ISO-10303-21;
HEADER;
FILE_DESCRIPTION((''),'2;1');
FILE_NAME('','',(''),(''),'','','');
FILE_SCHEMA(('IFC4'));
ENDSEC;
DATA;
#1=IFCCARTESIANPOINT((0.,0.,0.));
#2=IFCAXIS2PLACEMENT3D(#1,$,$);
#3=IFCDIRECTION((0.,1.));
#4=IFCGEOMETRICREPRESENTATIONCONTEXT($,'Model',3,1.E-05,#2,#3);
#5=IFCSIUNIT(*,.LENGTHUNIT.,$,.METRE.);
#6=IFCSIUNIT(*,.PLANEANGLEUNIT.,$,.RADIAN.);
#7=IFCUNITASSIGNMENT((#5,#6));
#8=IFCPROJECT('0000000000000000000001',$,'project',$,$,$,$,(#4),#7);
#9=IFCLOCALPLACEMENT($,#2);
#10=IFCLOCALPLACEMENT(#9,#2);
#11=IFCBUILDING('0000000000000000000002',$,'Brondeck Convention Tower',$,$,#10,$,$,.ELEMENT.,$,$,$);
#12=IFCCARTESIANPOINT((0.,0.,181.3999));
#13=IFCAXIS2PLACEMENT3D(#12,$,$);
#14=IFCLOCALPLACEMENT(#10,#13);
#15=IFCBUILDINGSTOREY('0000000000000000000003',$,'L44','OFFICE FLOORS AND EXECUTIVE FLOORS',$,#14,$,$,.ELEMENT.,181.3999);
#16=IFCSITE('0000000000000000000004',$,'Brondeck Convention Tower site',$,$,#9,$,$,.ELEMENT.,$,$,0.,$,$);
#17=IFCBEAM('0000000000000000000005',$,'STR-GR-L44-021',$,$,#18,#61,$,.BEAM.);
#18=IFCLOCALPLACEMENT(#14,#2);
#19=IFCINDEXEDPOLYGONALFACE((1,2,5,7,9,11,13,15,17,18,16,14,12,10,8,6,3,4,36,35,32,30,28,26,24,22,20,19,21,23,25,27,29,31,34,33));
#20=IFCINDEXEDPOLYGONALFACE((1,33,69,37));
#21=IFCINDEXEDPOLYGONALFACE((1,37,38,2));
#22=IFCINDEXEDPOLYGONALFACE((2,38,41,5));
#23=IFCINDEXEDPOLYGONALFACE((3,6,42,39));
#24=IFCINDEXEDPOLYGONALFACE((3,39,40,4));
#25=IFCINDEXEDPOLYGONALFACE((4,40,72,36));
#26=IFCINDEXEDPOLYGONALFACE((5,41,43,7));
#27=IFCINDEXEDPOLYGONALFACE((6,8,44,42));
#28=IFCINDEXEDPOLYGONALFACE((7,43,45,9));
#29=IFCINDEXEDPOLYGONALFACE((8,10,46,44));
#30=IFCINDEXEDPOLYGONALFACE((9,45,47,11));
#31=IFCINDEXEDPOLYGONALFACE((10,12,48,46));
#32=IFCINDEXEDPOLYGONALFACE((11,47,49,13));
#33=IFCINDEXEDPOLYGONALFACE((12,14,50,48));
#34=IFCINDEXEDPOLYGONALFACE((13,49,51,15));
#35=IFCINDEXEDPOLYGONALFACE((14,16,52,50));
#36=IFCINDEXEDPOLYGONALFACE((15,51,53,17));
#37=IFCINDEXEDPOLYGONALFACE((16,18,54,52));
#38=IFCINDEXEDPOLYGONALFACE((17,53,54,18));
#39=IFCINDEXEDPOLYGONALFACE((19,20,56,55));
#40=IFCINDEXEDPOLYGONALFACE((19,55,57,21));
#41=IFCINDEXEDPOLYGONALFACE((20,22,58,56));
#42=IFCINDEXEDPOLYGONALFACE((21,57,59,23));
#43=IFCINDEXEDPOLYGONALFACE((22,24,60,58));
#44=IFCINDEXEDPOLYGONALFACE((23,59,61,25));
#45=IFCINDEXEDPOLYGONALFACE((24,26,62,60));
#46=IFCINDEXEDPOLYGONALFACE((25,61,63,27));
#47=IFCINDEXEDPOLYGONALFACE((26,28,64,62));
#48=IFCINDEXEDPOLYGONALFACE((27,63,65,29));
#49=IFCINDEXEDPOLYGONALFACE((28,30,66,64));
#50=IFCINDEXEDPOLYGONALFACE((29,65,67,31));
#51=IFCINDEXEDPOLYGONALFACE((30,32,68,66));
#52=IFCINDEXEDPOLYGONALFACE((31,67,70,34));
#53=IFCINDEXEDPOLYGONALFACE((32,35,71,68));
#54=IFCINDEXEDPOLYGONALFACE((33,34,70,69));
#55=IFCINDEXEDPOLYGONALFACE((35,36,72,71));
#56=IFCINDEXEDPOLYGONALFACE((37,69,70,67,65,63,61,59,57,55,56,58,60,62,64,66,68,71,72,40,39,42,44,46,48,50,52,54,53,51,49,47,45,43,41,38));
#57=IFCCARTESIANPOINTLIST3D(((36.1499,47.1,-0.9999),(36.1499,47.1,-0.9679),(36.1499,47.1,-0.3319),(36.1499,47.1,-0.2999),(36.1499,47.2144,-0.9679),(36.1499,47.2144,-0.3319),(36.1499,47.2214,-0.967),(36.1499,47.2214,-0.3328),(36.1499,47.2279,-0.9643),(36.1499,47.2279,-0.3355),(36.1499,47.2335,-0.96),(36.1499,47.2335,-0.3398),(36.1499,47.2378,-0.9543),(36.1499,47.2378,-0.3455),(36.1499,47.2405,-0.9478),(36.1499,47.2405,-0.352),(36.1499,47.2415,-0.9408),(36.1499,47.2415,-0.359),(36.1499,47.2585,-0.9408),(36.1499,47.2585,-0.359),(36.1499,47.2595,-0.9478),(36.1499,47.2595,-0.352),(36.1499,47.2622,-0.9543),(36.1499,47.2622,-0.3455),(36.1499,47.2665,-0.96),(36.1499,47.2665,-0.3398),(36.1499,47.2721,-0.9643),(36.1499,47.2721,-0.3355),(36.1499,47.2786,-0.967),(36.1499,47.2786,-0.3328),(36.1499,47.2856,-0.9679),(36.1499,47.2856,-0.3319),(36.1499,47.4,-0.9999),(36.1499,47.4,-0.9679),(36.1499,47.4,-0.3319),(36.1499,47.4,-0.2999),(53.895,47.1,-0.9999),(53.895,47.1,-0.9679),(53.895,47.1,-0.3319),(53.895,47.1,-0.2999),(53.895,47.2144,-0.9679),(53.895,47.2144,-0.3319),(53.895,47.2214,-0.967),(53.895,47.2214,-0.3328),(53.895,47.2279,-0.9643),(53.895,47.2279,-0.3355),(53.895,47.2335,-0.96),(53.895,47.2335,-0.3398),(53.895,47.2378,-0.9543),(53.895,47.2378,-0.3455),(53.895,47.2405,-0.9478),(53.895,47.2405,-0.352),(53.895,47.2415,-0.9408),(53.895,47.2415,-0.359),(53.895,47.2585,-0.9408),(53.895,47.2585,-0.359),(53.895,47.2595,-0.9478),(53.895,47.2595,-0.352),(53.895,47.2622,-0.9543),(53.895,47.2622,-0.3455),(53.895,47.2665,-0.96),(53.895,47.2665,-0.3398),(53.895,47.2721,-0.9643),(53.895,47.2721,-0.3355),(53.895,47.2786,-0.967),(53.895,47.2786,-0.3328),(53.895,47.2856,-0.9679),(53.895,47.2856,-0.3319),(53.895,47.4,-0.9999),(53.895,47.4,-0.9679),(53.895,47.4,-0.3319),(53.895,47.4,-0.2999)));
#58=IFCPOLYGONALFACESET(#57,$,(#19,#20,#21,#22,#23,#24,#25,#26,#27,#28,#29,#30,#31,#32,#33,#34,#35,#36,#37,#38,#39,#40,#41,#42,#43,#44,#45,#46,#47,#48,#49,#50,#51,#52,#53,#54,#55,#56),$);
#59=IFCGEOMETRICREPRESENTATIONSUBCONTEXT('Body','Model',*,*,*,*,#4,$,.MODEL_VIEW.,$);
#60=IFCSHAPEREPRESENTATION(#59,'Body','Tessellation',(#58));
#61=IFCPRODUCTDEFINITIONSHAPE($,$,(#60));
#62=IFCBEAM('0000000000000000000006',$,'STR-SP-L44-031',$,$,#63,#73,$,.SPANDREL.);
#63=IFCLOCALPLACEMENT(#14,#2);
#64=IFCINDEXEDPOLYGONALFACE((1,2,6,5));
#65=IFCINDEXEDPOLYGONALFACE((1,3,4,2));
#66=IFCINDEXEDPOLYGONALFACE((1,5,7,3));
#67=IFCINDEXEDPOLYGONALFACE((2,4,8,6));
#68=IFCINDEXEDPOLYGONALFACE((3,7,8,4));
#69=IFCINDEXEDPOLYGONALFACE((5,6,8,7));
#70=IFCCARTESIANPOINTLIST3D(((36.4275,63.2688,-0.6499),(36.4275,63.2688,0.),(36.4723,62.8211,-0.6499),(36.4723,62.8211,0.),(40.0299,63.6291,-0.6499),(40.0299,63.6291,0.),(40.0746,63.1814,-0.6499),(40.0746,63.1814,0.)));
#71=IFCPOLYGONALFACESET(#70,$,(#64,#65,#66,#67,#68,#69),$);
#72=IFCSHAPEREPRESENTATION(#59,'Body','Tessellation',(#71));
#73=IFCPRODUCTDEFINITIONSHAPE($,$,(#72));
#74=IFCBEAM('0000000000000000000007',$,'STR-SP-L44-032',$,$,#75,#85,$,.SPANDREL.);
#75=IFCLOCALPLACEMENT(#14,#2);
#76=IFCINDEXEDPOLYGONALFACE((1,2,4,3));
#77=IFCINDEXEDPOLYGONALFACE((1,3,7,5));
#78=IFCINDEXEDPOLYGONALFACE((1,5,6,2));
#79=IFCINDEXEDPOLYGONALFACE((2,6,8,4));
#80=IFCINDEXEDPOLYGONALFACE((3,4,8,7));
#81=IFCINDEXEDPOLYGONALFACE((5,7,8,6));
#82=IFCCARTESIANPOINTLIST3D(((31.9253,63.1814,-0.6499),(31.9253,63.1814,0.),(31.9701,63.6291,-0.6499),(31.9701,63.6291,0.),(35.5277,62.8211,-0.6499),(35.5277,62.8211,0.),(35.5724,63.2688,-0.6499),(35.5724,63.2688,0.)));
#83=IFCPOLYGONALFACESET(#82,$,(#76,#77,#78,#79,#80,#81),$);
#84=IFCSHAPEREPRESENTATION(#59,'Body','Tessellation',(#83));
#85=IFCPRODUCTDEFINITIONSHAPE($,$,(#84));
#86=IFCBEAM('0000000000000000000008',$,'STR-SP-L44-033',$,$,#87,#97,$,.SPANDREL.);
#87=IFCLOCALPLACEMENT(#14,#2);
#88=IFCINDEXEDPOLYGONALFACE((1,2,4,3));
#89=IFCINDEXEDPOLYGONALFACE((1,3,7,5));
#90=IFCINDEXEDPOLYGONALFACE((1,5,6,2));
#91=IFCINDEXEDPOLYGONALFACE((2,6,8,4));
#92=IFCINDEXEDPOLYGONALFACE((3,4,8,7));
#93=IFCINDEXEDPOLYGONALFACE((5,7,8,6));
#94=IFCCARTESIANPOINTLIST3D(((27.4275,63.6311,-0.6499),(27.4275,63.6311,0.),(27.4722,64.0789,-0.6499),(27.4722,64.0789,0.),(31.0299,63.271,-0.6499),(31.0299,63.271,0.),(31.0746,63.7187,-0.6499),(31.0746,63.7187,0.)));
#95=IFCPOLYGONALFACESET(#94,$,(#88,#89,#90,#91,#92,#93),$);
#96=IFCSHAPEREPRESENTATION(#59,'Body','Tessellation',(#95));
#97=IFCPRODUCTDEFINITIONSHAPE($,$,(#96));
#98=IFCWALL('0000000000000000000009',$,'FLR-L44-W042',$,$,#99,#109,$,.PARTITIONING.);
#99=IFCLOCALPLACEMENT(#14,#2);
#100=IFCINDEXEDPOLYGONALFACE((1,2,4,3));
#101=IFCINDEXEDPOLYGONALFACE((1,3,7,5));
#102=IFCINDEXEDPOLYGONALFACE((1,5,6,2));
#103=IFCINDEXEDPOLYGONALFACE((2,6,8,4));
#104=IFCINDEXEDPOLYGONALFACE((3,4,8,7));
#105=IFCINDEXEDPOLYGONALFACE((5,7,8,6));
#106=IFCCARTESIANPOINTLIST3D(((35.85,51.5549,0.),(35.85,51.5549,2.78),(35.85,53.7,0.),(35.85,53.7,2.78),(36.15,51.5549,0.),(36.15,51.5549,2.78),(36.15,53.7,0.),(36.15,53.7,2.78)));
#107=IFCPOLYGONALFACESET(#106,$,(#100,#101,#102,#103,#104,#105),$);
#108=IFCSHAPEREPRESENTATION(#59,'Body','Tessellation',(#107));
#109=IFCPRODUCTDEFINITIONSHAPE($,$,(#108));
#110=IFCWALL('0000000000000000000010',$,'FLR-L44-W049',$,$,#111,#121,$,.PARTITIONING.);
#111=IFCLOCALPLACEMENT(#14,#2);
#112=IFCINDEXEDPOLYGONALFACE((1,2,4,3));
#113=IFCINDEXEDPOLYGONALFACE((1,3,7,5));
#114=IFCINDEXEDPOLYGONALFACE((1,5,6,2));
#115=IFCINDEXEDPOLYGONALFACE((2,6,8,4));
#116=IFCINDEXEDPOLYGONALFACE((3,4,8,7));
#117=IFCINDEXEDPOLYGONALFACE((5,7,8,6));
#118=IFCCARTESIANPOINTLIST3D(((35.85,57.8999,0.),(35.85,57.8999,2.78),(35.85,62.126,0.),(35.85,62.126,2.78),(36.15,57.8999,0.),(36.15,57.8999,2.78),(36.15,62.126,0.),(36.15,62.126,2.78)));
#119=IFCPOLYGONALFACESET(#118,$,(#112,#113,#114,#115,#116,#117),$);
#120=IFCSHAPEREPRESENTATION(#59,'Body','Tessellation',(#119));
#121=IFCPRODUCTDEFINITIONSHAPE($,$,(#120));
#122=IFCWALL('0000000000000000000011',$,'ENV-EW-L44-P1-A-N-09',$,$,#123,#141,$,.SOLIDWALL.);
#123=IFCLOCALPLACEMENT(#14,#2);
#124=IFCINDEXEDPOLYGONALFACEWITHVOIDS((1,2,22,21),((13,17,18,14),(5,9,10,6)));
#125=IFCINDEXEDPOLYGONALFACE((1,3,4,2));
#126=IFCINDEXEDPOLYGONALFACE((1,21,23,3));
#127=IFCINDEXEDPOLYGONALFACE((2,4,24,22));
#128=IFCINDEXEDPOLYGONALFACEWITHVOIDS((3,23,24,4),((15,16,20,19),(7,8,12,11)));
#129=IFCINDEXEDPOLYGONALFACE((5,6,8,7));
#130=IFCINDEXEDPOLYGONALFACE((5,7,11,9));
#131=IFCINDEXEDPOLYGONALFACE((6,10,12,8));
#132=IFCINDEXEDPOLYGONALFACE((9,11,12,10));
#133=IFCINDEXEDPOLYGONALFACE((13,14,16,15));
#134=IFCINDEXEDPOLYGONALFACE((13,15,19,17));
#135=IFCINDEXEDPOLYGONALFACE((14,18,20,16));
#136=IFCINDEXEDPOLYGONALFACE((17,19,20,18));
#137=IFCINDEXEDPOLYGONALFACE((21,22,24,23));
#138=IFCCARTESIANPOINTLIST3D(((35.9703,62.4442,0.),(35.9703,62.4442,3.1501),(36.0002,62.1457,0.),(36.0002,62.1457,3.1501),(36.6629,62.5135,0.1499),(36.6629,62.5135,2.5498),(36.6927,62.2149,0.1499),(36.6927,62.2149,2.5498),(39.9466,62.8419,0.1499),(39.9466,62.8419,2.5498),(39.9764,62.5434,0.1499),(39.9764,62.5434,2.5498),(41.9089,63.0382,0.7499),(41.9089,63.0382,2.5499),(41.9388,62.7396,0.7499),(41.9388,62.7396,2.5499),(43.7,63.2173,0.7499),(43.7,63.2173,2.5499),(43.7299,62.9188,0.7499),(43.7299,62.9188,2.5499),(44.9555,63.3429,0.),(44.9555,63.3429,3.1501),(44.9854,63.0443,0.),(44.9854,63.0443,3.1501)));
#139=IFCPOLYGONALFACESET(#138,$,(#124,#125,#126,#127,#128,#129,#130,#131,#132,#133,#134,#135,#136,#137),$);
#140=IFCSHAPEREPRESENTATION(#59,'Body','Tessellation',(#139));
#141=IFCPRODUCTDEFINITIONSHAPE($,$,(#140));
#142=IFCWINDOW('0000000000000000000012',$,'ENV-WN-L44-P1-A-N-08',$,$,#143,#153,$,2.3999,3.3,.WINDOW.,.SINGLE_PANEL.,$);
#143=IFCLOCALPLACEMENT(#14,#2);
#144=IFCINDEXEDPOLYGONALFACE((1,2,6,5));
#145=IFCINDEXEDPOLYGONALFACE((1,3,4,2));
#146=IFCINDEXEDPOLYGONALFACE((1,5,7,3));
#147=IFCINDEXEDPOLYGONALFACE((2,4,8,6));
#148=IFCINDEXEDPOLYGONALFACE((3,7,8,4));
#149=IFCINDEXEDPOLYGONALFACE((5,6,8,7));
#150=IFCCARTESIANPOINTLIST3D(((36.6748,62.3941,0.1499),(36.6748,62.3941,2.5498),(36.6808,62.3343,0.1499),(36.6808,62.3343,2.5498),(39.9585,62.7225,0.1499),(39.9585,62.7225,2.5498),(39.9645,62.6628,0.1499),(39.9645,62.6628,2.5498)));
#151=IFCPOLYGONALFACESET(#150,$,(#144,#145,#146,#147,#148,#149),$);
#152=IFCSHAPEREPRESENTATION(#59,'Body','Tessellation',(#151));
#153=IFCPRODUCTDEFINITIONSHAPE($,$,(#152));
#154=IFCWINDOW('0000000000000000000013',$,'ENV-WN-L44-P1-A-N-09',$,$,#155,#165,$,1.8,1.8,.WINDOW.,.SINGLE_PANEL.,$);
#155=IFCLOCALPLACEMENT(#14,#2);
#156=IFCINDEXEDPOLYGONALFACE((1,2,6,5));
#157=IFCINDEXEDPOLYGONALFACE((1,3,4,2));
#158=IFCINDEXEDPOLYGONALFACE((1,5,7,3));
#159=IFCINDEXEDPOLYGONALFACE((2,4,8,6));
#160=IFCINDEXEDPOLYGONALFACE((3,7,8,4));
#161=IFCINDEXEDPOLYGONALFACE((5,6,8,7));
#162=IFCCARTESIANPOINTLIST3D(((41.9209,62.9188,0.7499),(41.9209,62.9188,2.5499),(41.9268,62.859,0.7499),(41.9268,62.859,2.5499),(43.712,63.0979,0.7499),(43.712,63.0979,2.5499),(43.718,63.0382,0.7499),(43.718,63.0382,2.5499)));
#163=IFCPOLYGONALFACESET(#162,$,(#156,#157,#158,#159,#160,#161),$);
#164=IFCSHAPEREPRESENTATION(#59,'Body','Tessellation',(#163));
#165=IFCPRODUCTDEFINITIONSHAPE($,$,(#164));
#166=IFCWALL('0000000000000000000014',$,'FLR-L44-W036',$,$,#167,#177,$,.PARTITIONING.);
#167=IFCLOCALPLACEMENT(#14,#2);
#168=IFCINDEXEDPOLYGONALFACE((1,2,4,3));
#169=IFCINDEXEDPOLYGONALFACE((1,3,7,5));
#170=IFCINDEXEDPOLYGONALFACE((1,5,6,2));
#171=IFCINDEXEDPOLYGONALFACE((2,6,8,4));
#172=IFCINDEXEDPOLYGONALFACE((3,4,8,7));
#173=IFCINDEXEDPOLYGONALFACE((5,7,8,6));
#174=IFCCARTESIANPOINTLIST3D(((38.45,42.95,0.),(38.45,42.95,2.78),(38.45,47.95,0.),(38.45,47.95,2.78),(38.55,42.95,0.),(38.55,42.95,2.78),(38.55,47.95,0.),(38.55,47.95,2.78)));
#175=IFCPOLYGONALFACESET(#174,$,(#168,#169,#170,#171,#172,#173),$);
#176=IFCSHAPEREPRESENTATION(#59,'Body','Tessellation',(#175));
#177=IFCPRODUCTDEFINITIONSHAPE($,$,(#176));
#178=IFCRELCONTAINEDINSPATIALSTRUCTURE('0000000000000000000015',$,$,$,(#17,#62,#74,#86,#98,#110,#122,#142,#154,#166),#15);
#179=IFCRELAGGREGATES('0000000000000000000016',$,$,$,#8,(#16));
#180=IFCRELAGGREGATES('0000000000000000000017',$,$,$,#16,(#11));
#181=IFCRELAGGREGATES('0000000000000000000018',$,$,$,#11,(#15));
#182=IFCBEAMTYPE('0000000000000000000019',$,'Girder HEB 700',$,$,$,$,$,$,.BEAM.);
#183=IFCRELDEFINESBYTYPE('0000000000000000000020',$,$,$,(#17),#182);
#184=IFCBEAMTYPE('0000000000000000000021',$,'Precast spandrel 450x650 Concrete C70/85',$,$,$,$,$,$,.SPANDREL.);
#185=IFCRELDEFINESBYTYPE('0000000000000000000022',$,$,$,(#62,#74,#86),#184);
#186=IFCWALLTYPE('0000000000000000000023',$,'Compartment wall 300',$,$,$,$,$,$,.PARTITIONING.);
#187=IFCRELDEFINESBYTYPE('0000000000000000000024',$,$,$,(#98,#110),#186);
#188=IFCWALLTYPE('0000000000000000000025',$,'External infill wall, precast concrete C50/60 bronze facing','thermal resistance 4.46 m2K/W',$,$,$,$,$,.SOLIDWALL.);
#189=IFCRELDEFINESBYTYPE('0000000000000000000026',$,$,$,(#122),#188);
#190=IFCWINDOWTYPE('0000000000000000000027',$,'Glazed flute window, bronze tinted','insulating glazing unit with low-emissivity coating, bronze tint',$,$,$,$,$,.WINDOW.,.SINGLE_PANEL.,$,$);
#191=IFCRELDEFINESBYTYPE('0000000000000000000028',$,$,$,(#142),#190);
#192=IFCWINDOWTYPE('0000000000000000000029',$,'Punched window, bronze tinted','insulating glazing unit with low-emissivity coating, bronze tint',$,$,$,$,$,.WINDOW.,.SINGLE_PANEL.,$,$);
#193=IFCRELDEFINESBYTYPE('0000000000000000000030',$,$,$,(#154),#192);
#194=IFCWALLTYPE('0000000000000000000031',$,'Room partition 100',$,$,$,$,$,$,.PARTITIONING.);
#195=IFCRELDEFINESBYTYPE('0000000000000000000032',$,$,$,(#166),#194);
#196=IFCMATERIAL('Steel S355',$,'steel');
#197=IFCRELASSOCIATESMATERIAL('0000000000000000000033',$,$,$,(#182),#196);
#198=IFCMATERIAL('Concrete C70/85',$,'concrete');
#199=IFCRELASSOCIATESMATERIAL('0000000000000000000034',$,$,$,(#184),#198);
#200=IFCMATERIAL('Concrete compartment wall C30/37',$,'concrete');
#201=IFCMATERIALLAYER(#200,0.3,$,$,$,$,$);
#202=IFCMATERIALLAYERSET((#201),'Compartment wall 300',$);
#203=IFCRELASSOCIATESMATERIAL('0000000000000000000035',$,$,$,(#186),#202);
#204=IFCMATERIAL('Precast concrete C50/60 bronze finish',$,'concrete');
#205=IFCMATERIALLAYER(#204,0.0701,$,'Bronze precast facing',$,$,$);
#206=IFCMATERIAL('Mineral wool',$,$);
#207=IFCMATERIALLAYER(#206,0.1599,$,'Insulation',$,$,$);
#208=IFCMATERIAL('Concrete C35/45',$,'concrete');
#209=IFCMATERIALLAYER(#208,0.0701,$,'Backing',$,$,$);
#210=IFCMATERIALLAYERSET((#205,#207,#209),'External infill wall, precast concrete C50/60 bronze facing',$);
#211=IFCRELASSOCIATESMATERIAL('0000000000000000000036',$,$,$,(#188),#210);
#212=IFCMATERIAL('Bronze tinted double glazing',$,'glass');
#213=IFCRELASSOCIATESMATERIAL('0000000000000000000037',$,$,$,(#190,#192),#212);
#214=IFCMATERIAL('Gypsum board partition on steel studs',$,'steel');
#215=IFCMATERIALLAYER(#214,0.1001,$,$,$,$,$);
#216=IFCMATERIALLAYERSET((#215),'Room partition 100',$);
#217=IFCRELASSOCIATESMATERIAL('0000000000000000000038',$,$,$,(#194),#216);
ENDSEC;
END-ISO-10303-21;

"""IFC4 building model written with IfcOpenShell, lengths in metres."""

from ifc_helpers import new_model, si_unit, direction, frame, frame_2d, origin, origin_2d, place, context, subcontext, project, spatial, rectangle, i_section, extrude, material, layer, layer_set, material_profile, profile_set, type_object, element, fill, save


model = new_model("IFC4")

# Units and contexts
model_context = context("Model", 3, precision=1e-05, world=origin(), true_north=direction((0.0, 1.0)))
body_context = subcontext(model_context, "Body", "Model", "MODEL_VIEW")
ifc_project = project(units=[si_unit("LENGTHUNIT", "METRE"), si_unit("PLANEANGLEUNIT", "RADIAN")], contexts=[model_context])

# Site, building, storey
site_placement = place(None, origin())
site = spatial("IfcSite", under=ifc_project, at=site_placement, Name="Brondeck Convention Tower site", CompositionType="ELEMENT", RefElevation=0.0)
building_placement = place(site_placement, origin())
building = spatial("IfcBuilding", under=site, at=building_placement, Name="Brondeck Convention Tower", CompositionType="ELEMENT")
storey_placement = place(building_placement, frame((0.0, 0.0, 181.3999)))
storey = spatial("IfcBuildingStorey", under=building, at=storey_placement, Name="L44", Description="OFFICE FLOORS AND EXECUTIVE FLOORS", CompositionType="ELEMENT", Elevation=181.3999)

# Shared definitions
ifc_material_1 = material(Name="Concrete C70/85", Category="concrete")

# Beams
ifc_material_2 = material(Name="Steel S355", Category="steel")
ifc_material_profile_1 = material_profile(ifc_material_2, i_section(OverallWidth=0.3, OverallDepth=0.7, WebThickness=0.0171, FlangeThickness=0.032, FilletRadius=0.0271, at=origin_2d()), Name="HEB 700")
ifc_profile_set_1 = profile_set([ifc_material_profile_1], Name="Steel S355")
beam_type_1 = type_object("IfcBeamType", Name="Girder HEB 700", PredefinedType="BEAM", material=ifc_profile_set_1)
beam_1_placement = place(storey_placement, frame((36.1499, 47.25, -0.6499), z_axis=(1.0, 0.0, 0.0), x_axis=(0.0, 1.0, 0.0)))
element("IfcBeam", 1, at=beam_1_placement, inside=storey, type_object=beam_type_1, Name="STR-GR-L44-021", PredefinedType="BEAM", context=body_context, shape_type="SweptSolid", body=[
    extrude(i_section(OverallWidth=0.3, OverallDepth=0.7, WebThickness=0.0171, FlangeThickness=0.032, FilletRadius=0.0271, at=origin_2d()), origin(), (0.0, 0.0, 1.0), 17.7451),
])
ifc_material_profile_2 = material_profile(ifc_material_1, rectangle(XDim=0.45, YDim=0.6499, at=origin_2d()), Name="Precast spandrel 450x650 Concrete C70/85")
ifc_profile_set_2 = profile_set([ifc_material_profile_2], Name="Concrete C70/85")
beam_type_2 = type_object("IfcBeamType", Name="Precast spandrel 450x650 Concrete C70/85", PredefinedType="SPANDREL", material=ifc_profile_set_2)
for number, where, z_axis, x_axis, name in (
    (2, (40.0522, 63.4053, -0.325), (-0.995034, -0.099537, 0.0), (0.099537, -0.995034, 0.0), "STR-SP-L44-031"),
    (3, (35.55, 63.0449, -0.325), (-0.995034, 0.099537, 0.0), (-0.099537, -0.995034, 0.0), "STR-SP-L44-032"),
    (4, (31.0522, 63.4949, -0.325), (-0.995041, 0.09947, 0.0), (-0.09947, -0.995041, 0.0), "STR-SP-L44-033"),
):
    element("IfcBeam", number, at=place(storey_placement, frame(where, z_axis=z_axis, x_axis=x_axis)), inside=storey, type_object=beam_type_2, Name=name, PredefinedType="SPANDREL", context=body_context, shape_type="SweptSolid", body=[
        extrude(rectangle(XDim=0.45, YDim=0.6499, at=origin_2d()), origin(), (0.0, 0.0, 1.0), 3.6204),
    ])

# Walls
ifc_material_3 = material(Name="Concrete compartment wall C30/37", Category="concrete")
ifc_layer_1 = layer(ifc_material_3, 0.3)
ifc_layer_set_1 = layer_set([ifc_layer_1], Name="Compartment wall 300")
wall_type_1 = type_object("IfcWallType", Name="Compartment wall 300", PredefinedType="PARTITIONING", material=ifc_layer_set_1)
wall_1_placement = place(storey_placement, frame((36.0, 51.5549, 0.0), z_axis=(0.0, 0.0, 1.0), x_axis=(0.0, 1.0, 0.0)))
element("IfcWall", 5, at=wall_1_placement, inside=storey, type_object=wall_type_1, Name="FLR-L44-W042", PredefinedType="PARTITIONING", context=body_context, shape_type="SweptSolid", body=[
    extrude(rectangle(XDim=2.145, YDim=0.3, at=frame_2d((1.0725, 0.0))), origin(), (0.0, 0.0, 1.0), 2.78),
])
wall_2_placement = place(storey_placement, frame((36.0, 57.8999, 0.0), z_axis=(0.0, 0.0, 1.0), x_axis=(0.0, 1.0, 0.0)))
element("IfcWall", 6, at=wall_2_placement, inside=storey, type_object=wall_type_1, Name="FLR-L44-W049", PredefinedType="PARTITIONING", context=body_context, shape_type="SweptSolid", body=[
    extrude(rectangle(XDim=4.2261, YDim=0.3, at=frame_2d((2.113, 0.0))), origin(), (0.0, 0.0, 1.0), 2.78),
])

# Wall, openings, windows
ifc_material_4 = material(Name="Precast concrete C50/60 bronze finish", Category="concrete")
ifc_layer_2 = layer(ifc_material_4, 0.0701, Name="Bronze precast facing")
ifc_material_5 = material(Name="Mineral wool")
ifc_layer_3 = layer(ifc_material_5, 0.1599, Name="Insulation")
ifc_material_6 = material(Name="Concrete C35/45", Category="concrete")
ifc_layer_4 = layer(ifc_material_6, 0.0701, Name="Backing")
ifc_layer_set_2 = layer_set([ifc_layer_2, ifc_layer_3, ifc_layer_4], Name="External infill wall, precast concrete C50/60 bronze facing")
wall_type_2 = type_object("IfcWallType", Name="External infill wall, precast concrete C50/60 bronze facing", Description="thermal resistance 4.46 m2K/W", PredefinedType="SOLIDWALL", material=ifc_layer_set_2)
wall_3_placement = place(storey_placement, frame((35.9851, 62.2949, 0.0), z_axis=(0.0, 0.0, 1.0), x_axis=(0.995035, 0.099522, 0.0)))
wall_3 = element("IfcWall", 7, at=wall_3_placement, inside=storey, type_object=wall_type_2, Name="ENV-EW-L44-P1-A-N-09", PredefinedType="SOLIDWALL", context=body_context, shape_type="SweptSolid", body=[
    extrude(rectangle(XDim=9.03, YDim=0.3, at=frame_2d((4.5151, 0.0))), origin(), (0.0, 0.0, 1.0), 3.1501),
])
opening_1_placement = place(wall_3_placement, frame((0.6963, 0.0, 0.1499)))
opening_1 = element("IfcOpeningElement", 8, at=opening_1_placement, cuts=wall_3, PredefinedType="OPENING", context=body_context, shape_type="SweptSolid", body=[
    extrude(rectangle(XDim=3.3, YDim=2.3999, at=frame_2d((1.6499, 1.2))), frame((0.0, 0.1599, 0.0), z_axis=(0.0, -1.0, 0.0), x_axis=(1.0, 0.0, 0.0)), (0.0, 0.0, 1.0), 0.3201),
])
opening_2_placement = place(wall_3_placement, frame((5.9685, 0.0, 0.75)))
opening_2 = element("IfcOpeningElement", 9, at=opening_2_placement, cuts=wall_3, PredefinedType="OPENING", context=body_context, shape_type="SweptSolid", body=[
    extrude(rectangle(XDim=1.8, YDim=1.8, at=frame_2d((0.8999, 0.8999))), frame((0.0, 0.1599, 0.0), z_axis=(0.0, -1.0, 0.0), x_axis=(1.0, 0.0, 0.0)), (0.0, 0.0, 1.0), 0.3201),
])
ifc_material_7 = material(Name="Bronze tinted double glazing", Category="glass")
window_type_1 = type_object("IfcWindowType", Name="Glazed flute window, bronze tinted", Description="insulating glazing unit with low-emissivity coating, bronze tint", PartitioningType="SINGLE_PANEL", PredefinedType="WINDOW", material=ifc_material_7)
window_1_placement = place(opening_1_placement, origin())
window_1 = element("IfcWindow", 10, at=window_1_placement, inside=storey, type_object=window_type_1, Name="ENV-WN-L44-P1-A-N-08", OverallHeight=2.3999, OverallWidth=3.3, PartitioningType="SINGLE_PANEL", PredefinedType="WINDOW", context=body_context, shape_type="SweptSolid", body=[
    extrude(rectangle(XDim=3.3, YDim=2.3999, at=frame_2d((1.6499, 1.2))), frame((0.0, 0.03, 0.0), z_axis=(0.0, -1.0, 0.0), x_axis=(1.0, 0.0, 0.0)), (0.0, 0.0, 1.0), 0.0601),
])
fill(opening_1, window_1)
window_type_2 = type_object("IfcWindowType", Name="Punched window, bronze tinted", Description="insulating glazing unit with low-emissivity coating, bronze tint", PartitioningType="SINGLE_PANEL", PredefinedType="WINDOW", material=ifc_material_7)
window_2_placement = place(opening_2_placement, origin())
window_2 = element("IfcWindow", 11, at=window_2_placement, inside=storey, type_object=window_type_2, Name="ENV-WN-L44-P1-A-N-09", OverallHeight=1.8, OverallWidth=1.8, PartitioningType="SINGLE_PANEL", PredefinedType="WINDOW", context=body_context, shape_type="SweptSolid", body=[
    extrude(rectangle(XDim=1.8, YDim=1.8, at=frame_2d((0.8999, 0.8999))), frame((0.0, 0.03, 0.0), z_axis=(0.0, -1.0, 0.0), x_axis=(1.0, 0.0, 0.0)), (0.0, 0.0, 1.0), 0.0601),
])
fill(opening_2, window_2)

# Wall
ifc_material_8 = material(Name="Gypsum board partition on steel studs", Category="steel")
ifc_layer_5 = layer(ifc_material_8, 0.1001)
ifc_layer_set_3 = layer_set([ifc_layer_5], Name="Room partition 100")
wall_type_3 = type_object("IfcWallType", Name="Room partition 100", PredefinedType="PARTITIONING", material=ifc_layer_set_3)
wall_4_placement = place(storey_placement, frame((38.5, 47.95, 0.0), z_axis=(0.0, 0.0, 1.0), x_axis=(0.0, -1.0, 0.0)))
element("IfcWall", 12, at=wall_4_placement, inside=storey, type_object=wall_type_3, Name="FLR-L44-W036", PredefinedType="PARTITIONING", context=body_context, shape_type="SweptSolid", body=[
    extrude(rectangle(XDim=5.0, YDim=0.1001, at=frame_2d((2.5, 0.0))), origin(), (0.0, 0.0, 1.0), 2.78),
])

save(model, "model.ifc")
